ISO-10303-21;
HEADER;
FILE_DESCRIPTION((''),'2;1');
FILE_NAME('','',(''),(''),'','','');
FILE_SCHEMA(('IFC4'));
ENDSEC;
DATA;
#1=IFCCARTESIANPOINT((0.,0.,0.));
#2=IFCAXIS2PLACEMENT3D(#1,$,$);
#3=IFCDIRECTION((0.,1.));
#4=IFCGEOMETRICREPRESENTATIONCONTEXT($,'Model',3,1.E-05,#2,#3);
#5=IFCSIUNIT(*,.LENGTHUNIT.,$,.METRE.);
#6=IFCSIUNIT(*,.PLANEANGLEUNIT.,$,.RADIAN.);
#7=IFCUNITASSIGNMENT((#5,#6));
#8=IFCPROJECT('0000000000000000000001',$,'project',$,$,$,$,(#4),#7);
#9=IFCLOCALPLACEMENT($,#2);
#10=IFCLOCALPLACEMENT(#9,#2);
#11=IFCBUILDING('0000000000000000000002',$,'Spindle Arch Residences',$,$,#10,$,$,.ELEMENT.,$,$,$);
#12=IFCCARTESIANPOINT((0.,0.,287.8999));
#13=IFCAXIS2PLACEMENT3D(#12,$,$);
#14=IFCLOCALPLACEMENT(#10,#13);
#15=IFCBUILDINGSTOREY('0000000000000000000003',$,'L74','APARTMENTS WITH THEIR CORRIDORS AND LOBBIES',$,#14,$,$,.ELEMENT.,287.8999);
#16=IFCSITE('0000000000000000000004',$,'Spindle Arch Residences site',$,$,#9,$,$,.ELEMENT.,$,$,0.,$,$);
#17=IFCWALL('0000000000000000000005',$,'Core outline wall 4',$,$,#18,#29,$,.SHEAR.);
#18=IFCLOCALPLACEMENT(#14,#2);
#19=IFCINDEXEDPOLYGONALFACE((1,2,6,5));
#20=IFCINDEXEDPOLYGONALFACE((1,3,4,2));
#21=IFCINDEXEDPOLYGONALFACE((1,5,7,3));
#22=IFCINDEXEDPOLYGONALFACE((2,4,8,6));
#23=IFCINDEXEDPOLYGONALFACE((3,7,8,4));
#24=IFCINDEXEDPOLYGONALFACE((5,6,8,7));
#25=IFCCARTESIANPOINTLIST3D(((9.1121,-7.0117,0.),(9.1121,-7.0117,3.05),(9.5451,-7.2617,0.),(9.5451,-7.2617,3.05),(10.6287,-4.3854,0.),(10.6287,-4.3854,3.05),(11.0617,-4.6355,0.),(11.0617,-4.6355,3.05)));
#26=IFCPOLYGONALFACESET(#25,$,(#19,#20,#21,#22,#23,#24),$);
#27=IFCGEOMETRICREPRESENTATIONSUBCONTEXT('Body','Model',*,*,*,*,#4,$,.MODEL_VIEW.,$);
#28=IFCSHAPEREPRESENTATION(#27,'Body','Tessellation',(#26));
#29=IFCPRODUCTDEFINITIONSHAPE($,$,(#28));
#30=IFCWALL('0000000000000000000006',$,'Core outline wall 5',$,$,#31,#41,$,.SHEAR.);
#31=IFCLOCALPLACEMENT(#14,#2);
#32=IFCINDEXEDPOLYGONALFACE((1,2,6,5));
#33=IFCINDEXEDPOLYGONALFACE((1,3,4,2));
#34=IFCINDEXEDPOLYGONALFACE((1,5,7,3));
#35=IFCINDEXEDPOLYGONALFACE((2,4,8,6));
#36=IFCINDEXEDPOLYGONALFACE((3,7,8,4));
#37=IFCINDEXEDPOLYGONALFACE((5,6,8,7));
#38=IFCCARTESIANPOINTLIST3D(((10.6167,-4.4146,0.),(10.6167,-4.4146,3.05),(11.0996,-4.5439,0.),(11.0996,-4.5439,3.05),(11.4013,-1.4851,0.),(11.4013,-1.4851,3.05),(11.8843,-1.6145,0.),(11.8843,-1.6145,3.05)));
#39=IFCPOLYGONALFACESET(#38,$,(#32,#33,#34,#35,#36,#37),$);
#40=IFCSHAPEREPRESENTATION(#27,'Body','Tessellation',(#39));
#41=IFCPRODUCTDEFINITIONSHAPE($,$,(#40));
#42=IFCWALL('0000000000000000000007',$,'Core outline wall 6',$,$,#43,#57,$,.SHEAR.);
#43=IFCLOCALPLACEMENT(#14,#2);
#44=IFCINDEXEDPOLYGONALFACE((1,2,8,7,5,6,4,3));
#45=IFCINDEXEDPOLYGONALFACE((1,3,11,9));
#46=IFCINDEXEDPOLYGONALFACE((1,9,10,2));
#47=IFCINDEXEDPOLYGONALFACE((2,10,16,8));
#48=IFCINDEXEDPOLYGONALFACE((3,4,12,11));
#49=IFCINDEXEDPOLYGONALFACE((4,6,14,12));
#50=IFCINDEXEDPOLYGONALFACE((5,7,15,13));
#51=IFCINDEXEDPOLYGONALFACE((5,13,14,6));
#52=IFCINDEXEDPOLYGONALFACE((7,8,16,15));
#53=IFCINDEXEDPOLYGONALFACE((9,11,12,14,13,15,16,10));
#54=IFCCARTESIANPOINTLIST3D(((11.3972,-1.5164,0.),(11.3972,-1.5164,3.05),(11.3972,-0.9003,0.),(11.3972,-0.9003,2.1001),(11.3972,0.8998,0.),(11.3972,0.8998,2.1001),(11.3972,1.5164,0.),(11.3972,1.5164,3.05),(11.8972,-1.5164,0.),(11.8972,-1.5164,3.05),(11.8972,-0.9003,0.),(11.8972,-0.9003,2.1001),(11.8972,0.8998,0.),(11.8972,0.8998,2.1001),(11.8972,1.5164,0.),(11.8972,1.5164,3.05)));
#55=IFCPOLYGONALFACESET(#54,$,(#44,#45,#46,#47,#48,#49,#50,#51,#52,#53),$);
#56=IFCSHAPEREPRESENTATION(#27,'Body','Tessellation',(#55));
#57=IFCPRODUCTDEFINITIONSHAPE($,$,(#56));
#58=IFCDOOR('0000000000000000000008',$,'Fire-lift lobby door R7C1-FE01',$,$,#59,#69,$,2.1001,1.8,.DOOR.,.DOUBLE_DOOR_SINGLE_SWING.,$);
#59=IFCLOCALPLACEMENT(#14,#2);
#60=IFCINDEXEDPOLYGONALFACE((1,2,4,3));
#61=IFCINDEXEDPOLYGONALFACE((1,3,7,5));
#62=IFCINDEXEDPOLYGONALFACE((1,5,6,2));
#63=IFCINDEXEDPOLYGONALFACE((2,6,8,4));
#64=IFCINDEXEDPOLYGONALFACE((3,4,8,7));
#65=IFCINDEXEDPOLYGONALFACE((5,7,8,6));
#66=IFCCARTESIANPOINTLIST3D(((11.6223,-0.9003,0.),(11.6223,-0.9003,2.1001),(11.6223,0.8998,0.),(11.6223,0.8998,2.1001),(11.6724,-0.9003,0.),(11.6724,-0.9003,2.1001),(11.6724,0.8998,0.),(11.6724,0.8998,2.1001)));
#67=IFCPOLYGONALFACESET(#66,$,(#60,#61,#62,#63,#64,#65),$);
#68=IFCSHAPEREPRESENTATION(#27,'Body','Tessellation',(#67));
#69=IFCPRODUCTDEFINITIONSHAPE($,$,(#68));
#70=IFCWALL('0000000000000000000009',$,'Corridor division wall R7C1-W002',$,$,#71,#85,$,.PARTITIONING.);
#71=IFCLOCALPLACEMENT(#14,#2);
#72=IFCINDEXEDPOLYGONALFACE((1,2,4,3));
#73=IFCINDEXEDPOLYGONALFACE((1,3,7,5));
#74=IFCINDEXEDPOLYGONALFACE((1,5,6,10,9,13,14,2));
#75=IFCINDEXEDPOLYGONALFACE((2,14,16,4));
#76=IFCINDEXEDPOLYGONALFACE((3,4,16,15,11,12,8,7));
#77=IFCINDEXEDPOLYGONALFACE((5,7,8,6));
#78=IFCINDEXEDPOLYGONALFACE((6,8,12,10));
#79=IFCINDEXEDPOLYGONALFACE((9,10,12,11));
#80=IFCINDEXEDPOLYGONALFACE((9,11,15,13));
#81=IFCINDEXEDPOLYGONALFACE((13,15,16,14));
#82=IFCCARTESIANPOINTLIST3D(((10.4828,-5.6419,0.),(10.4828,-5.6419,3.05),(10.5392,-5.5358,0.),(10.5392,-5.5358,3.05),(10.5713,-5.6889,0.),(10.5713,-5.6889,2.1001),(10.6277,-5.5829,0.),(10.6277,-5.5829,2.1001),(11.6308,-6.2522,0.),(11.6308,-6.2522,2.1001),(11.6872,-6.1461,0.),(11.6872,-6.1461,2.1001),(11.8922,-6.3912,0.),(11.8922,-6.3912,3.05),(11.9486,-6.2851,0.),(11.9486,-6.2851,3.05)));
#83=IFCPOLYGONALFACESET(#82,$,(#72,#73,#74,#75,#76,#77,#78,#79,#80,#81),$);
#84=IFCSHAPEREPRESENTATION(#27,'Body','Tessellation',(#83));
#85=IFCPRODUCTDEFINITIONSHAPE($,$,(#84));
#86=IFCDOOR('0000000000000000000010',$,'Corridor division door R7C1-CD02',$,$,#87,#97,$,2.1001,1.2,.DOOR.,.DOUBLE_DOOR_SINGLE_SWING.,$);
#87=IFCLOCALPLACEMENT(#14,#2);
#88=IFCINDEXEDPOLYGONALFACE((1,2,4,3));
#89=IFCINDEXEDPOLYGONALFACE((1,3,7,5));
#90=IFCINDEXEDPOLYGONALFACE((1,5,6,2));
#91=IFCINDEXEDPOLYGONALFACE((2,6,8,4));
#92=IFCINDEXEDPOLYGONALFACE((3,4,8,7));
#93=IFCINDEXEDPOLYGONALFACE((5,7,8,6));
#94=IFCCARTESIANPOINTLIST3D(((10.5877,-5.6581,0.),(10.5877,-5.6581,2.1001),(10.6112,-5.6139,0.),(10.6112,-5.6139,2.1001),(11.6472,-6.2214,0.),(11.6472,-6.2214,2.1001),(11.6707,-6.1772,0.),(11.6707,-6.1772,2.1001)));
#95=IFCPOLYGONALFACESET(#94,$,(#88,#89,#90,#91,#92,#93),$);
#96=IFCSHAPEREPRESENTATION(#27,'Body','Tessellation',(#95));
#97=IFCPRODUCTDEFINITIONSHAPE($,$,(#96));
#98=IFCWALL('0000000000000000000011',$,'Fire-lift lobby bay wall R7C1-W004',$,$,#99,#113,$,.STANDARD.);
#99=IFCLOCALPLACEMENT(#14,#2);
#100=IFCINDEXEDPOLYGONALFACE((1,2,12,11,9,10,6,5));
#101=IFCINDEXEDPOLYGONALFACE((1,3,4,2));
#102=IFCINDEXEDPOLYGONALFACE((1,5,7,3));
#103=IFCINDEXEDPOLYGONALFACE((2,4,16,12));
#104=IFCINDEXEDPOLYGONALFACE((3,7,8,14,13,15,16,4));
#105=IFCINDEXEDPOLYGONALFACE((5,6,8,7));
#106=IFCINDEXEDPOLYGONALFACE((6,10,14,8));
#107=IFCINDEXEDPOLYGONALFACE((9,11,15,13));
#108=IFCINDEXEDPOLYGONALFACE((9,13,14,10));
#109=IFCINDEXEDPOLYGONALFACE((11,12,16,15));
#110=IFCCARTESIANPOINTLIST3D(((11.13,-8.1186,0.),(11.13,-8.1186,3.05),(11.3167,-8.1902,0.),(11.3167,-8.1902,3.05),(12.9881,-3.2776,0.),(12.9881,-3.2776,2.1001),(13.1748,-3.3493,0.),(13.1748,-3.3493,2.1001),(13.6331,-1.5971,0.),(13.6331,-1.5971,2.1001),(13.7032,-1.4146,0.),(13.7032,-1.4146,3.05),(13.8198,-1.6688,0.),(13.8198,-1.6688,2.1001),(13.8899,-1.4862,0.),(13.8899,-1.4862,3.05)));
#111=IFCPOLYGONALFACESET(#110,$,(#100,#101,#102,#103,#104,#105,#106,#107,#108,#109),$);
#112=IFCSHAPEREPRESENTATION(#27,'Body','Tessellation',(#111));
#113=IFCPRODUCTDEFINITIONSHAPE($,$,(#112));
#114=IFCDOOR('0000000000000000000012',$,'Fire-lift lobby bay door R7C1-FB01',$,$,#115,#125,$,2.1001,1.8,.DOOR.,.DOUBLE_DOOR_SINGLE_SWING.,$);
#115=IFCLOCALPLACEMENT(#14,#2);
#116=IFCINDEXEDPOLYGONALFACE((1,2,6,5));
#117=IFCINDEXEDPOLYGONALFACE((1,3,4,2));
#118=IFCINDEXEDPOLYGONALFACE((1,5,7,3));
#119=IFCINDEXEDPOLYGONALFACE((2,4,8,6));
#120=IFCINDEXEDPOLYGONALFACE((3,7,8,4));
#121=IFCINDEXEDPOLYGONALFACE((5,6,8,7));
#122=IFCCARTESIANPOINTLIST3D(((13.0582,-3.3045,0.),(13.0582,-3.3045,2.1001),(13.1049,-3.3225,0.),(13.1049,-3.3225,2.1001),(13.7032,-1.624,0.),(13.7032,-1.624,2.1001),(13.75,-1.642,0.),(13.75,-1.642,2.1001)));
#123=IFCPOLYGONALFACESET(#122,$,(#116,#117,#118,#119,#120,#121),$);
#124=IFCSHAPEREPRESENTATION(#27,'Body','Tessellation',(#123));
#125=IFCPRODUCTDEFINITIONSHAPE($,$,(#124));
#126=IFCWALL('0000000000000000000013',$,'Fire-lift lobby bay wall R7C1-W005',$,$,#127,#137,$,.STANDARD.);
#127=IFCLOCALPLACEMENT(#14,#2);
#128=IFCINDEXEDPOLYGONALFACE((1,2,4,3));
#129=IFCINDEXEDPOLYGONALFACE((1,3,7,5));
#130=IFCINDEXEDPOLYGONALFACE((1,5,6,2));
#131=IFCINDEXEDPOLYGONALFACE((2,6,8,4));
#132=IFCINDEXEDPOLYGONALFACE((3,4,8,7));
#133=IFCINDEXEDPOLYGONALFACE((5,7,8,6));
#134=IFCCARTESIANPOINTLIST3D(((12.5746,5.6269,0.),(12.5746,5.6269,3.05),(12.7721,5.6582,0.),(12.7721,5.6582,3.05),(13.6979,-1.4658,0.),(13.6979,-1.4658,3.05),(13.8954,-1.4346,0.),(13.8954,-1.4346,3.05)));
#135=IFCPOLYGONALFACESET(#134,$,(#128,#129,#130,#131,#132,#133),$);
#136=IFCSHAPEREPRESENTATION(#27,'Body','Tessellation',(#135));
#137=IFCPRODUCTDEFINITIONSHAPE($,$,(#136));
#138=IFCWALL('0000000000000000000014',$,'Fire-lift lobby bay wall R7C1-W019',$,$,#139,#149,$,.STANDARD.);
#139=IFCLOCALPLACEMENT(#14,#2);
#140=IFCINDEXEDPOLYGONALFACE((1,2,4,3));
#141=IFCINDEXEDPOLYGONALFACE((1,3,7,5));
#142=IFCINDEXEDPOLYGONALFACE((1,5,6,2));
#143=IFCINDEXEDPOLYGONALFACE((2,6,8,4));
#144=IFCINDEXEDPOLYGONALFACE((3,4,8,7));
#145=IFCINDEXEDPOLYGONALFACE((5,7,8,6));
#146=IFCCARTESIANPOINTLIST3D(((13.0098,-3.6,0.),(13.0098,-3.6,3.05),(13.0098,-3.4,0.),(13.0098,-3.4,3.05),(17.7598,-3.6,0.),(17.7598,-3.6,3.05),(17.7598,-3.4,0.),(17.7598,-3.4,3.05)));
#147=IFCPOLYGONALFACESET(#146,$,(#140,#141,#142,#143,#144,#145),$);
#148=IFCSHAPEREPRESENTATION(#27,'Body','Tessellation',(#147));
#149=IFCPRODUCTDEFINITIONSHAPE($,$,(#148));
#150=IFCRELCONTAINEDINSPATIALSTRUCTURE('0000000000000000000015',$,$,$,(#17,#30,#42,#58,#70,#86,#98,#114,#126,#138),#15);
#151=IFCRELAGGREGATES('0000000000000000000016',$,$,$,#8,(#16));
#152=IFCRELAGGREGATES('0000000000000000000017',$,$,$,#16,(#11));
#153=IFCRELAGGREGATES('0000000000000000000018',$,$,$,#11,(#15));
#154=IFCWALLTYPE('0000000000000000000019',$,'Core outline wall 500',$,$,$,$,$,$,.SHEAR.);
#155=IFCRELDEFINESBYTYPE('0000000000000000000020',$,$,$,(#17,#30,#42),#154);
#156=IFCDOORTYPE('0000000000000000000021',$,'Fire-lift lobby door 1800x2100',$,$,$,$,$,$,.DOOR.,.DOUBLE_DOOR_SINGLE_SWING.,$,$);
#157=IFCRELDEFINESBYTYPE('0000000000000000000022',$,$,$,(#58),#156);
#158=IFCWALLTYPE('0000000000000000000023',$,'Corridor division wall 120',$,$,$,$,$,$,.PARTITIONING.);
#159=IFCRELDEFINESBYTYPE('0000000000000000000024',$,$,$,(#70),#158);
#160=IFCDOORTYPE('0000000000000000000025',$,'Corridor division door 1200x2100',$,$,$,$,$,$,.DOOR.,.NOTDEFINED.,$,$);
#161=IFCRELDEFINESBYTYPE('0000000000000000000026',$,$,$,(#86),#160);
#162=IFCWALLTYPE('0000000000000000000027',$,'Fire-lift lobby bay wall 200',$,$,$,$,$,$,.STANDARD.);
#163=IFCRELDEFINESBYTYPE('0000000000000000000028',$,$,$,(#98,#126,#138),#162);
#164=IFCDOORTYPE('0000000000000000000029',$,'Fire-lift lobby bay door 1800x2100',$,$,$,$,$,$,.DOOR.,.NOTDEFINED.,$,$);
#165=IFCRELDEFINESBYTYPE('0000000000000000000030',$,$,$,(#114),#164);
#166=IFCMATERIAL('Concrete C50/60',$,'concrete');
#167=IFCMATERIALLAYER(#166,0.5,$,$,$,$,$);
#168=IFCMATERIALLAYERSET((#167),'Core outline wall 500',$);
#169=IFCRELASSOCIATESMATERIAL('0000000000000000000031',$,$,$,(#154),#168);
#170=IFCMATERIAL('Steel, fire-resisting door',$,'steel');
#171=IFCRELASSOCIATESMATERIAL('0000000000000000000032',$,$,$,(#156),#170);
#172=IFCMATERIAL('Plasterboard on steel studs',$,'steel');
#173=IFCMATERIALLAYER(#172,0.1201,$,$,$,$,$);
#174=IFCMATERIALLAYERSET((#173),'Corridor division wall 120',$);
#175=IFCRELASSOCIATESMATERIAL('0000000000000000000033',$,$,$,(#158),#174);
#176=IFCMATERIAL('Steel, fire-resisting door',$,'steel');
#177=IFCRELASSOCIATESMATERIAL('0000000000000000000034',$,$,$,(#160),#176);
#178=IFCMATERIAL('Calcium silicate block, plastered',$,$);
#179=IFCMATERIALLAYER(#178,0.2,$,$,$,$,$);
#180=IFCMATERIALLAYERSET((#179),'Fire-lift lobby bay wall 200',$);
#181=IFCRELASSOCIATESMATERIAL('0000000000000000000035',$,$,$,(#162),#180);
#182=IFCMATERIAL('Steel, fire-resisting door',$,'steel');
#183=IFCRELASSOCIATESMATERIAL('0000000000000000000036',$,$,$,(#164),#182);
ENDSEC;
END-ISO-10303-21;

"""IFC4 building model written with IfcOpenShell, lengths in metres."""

from ifc_helpers import new_model, si_unit, direction, frame, frame_2d, origin, place, context, subcontext, project, spatial, rectangle, extrude, material, layer, layer_set, type_object, element, fill, save


model = new_model("IFC4")

# Units and contexts
model_context = context("Model", 3, precision=1e-05, world=origin(), true_north=direction((0.0, 1.0)))
body_context = subcontext(model_context, "Body", "Model", "MODEL_VIEW")
ifc_project = project(units=[si_unit("LENGTHUNIT", "METRE"), si_unit("PLANEANGLEUNIT", "RADIAN")], contexts=[model_context])

# Site, building, storey
site_placement = place(None, origin())
site = spatial("IfcSite", under=ifc_project, at=site_placement, Name="Spindle Arch Residences site", CompositionType="ELEMENT", RefElevation=0.0)
building_placement = place(site_placement, origin())
building = spatial("IfcBuilding", under=site, at=building_placement, Name="Spindle Arch Residences", CompositionType="ELEMENT")
storey_placement = place(building_placement, frame((0.0, 0.0, 287.8999)))
storey = spatial("IfcBuildingStorey", under=building, at=storey_placement, Name="L74", Description="APARTMENTS WITH THEIR CORRIDORS AND LOBBIES", CompositionType="ELEMENT", Elevation=287.8999)

# Walls
ifc_material_1 = material(Name="Concrete C50/60", Category="concrete")
ifc_layer_1 = layer(ifc_material_1, 0.5)
ifc_layer_set_1 = layer_set([ifc_layer_1], Name="Core outline wall 500")
wall_type_1 = type_object("IfcWallType", Name="Core outline wall 500", PredefinedType="SHEAR", material=ifc_layer_set_1)
for number, where, z_axis, x_axis, name in (
    (1, (9.3286, -7.1367, 0.0), (0.0, 0.0, 1.0), (0.500087, 0.865975, 0.0), "Core outline wall 4"),
    (2, (10.8582, -4.4792, 0.0), (0.0, 0.0, 1.0), (0.258735, 0.965948, 0.0), "Core outline wall 5"),
):
    element("IfcWall", number, at=place(storey_placement, frame(where, z_axis=z_axis, x_axis=x_axis)), inside=storey, type_object=wall_type_1, Name=name, PredefinedType="SHEAR", context=body_context, shape_type="SweptSolid", body=[
        extrude(rectangle(XDim=3.0327, YDim=0.5, at=frame_2d((1.5164, 0.0))), origin(), (0.0, 0.0, 1.0), 3.05),
    ])

# Walls, openings, doors
wall_1_placement = place(storey_placement, frame((11.6472, -1.5164, 0.0), z_axis=(0.0, 0.0, 1.0), x_axis=(0.0, 1.0, 0.0)))
wall_1 = element("IfcWall", 3, at=wall_1_placement, inside=storey, type_object=wall_type_1, Name="Core outline wall 6", PredefinedType="SHEAR", context=body_context, shape_type="SweptSolid", body=[
    extrude(rectangle(XDim=3.0327, YDim=0.5, at=frame_2d((1.5164, 0.0))), origin(), (0.0, 0.0, 1.0), 3.05),
])
opening_1_placement = place(wall_1_placement, frame((0.6162, 0.0, 0.0)))
opening_1 = element("IfcOpeningElement", 4, at=opening_1_placement, cuts=wall_1, PredefinedType="OPENING", context=body_context, shape_type="SweptSolid", body=[
    extrude(rectangle(XDim=1.8, YDim=2.1001, at=frame_2d((0.8999, 1.05))), frame((0.0, 0.26, 0.0), z_axis=(0.0, -1.0, 0.0), x_axis=(1.0, 0.0, 0.0)), (0.0, 0.0, 1.0), 0.52),
])
ifc_material_2 = material(Name="Steel, fire-resisting door", Category="steel")
door_type_1 = type_object("IfcDoorType", Name="Fire-lift lobby door 1800x2100", OperationType="DOUBLE_DOOR_SINGLE_SWING", PredefinedType="DOOR", material=ifc_material_2)
door_1_placement = place(opening_1_placement, origin())
door_1 = element("IfcDoor", 5, at=door_1_placement, inside=storey, type_object=door_type_1, Name="Fire-lift lobby door R7C1-FE01", OperationType="DOUBLE_DOOR_SINGLE_SWING", OverallHeight=2.1001, OverallWidth=1.8, PredefinedType="DOOR", context=body_context, shape_type="SweptSolid", body=[
    extrude(rectangle(XDim=1.8, YDim=2.1001, at=frame_2d((0.8999, 1.05))), frame((0.0, 0.0249, 0.0), z_axis=(0.0, -1.0, 0.0), x_axis=(1.0, 0.0, 0.0)), (0.0, 0.0, 1.0), 0.05),
])
fill(opening_1, door_1)
ifc_material_3 = material(Name="Plasterboard on steel studs", Category="steel")
ifc_layer_2 = layer(ifc_material_3, 0.1201)
ifc_layer_set_2 = layer_set([ifc_layer_2], Name="Corridor division wall 120")
wall_type_2 = type_object("IfcWallType", Name="Corridor division wall 120", PredefinedType="PARTITIONING", material=ifc_layer_set_2)
wall_2_placement = place(storey_placement, frame((10.511, -5.5889, 0.0), z_axis=(0.0, 0.0, 1.0), x_axis=(0.882983, -0.469405, 0.0)))
wall_2 = element("IfcWall", 6, at=wall_2_placement, inside=storey, type_object=wall_type_2, Name="Corridor division wall R7C1-W002", PredefinedType="PARTITIONING", context=body_context, shape_type="SweptSolid", body=[
    extrude(rectangle(XDim=1.5962, YDim=0.1201, at=frame_2d((0.7981, 0.0))), origin(), (0.0, 0.0, 1.0), 3.05),
])
opening_2_placement = place(wall_2_placement, frame((0.1001, 0.0, 0.0)))
opening_2 = element("IfcOpeningElement", 7, at=opening_2_placement, cuts=wall_2, PredefinedType="OPENING", context=body_context, shape_type="SweptSolid", body=[
    extrude(rectangle(XDim=1.2, YDim=2.1001, at=frame_2d((0.6001, 1.05))), frame((0.0, 0.0701, 0.0), z_axis=(0.0, -1.0, 0.0), x_axis=(1.0, 0.0, 0.0)), (0.0, 0.0, 1.0), 0.1401),
])
ifc_material_4 = material(Name="Steel, fire-resisting door", Category="steel")
door_type_2 = type_object("IfcDoorType", Name="Corridor division door 1200x2100", OperationType="NOTDEFINED", PredefinedType="DOOR", material=ifc_material_4)
door_2_placement = place(opening_2_placement, origin())
door_2 = element("IfcDoor", 8, at=door_2_placement, inside=storey, type_object=door_type_2, Name="Corridor division door R7C1-CD02", OperationType="DOUBLE_DOOR_SINGLE_SWING", OverallHeight=2.1001, OverallWidth=1.2, PredefinedType="DOOR", context=body_context, shape_type="SweptSolid", body=[
    extrude(rectangle(XDim=1.2, YDim=2.1001, at=frame_2d((0.6001, 1.05))), frame((0.0, 0.0249, 0.0), z_axis=(0.0, -1.0, 0.0), x_axis=(1.0, 0.0, 0.0)), (0.0, 0.0, 1.0), 0.05),
])
fill(opening_2, door_2)
ifc_material_5 = material(Name="Calcium silicate block, plastered")
ifc_layer_3 = layer(ifc_material_5, 0.2)
ifc_layer_set_3 = layer_set([ifc_layer_3], Name="Fire-lift lobby bay wall 200")
wall_type_3 = type_object("IfcWallType", Name="Fire-lift lobby bay wall 200", PredefinedType="STANDARD", material=ifc_layer_set_3)
wall_3_placement = place(storey_placement, frame((11.2234, -8.1543, 0.0), z_axis=(0.0, 0.0, 1.0), x_axis=(0.358341, 0.933591, 0.0)))
wall_3 = element("IfcWall", 9, at=wall_3_placement, inside=storey, type_object=wall_type_3, Name="Fire-lift lobby bay wall R7C1-W004", PredefinedType="STANDARD", context=body_context, shape_type="SweptSolid", body=[
    extrude(rectangle(XDim=7.1809, YDim=0.2, at=frame_2d((3.5903, 0.0))), origin(), (0.0, 0.0, 1.0), 3.05),
])
opening_3_placement = place(wall_3_placement, frame((5.1853, 0.0, 0.0)))
opening_3 = element("IfcOpeningElement", 10, at=opening_3_placement, cuts=wall_3, PredefinedType="OPENING", context=body_context, shape_type="SweptSolid", body=[
    extrude(rectangle(XDim=1.8, YDim=2.1001, at=frame_2d((0.8999, 1.05))), frame((0.0, 0.1099, 0.0), z_axis=(0.0, -1.0, 0.0), x_axis=(1.0, 0.0, 0.0)), (0.0, 0.0, 1.0), 0.22),
])
ifc_material_6 = material(Name="Steel, fire-resisting door", Category="steel")
door_type_3 = type_object("IfcDoorType", Name="Fire-lift lobby bay door 1800x2100", OperationType="NOTDEFINED", PredefinedType="DOOR", material=ifc_material_6)
door_3_placement = place(opening_3_placement, origin())
door_3 = element("IfcDoor", 11, at=door_3_placement, inside=storey, type_object=door_type_3, Name="Fire-lift lobby bay door R7C1-FB01", OperationType="DOUBLE_DOOR_SINGLE_SWING", OverallHeight=2.1001, OverallWidth=1.8, PredefinedType="DOOR", context=body_context, shape_type="SweptSolid", body=[
    extrude(rectangle(XDim=1.8, YDim=2.1001, at=frame_2d((0.8999, 1.05))), frame((0.0, 0.0249, 0.0), z_axis=(0.0, -1.0, 0.0), x_axis=(1.0, 0.0, 0.0)), (0.0, 0.0, 1.0), 0.05),
])
fill(opening_3, door_3)

# Walls
wall_4_placement = place(storey_placement, frame((13.7966, -1.4502, 0.0), z_axis=(0.0, 0.0, 1.0), x_axis=(-0.156422, 0.98769, 0.0)))
element("IfcWall", 12, at=wall_4_placement, inside=storey, type_object=wall_type_3, Name="Fire-lift lobby bay wall R7C1-W005", PredefinedType="STANDARD", context=body_context, shape_type="SweptSolid", body=[
    extrude(rectangle(XDim=7.1812, YDim=0.2, at=frame_2d((3.5906, 0.0))), origin(), (0.0, 0.0, 1.0), 3.05),
])
wall_5_placement = place(storey_placement, frame((13.0098, -3.5, 0.0), z_axis=(0.0, 0.0, 1.0), x_axis=(1.0, 0.0, 0.0)))
element("IfcWall", 13, at=wall_5_placement, inside=storey, type_object=wall_type_3, Name="Fire-lift lobby bay wall R7C1-W019", PredefinedType="STANDARD", context=body_context, shape_type="SweptSolid", body=[
    extrude(rectangle(XDim=4.75, YDim=0.2, at=frame_2d((2.375, 0.0))), origin(), (0.0, 0.0, 1.0), 3.05),
])

save(model, "model.ifc")
